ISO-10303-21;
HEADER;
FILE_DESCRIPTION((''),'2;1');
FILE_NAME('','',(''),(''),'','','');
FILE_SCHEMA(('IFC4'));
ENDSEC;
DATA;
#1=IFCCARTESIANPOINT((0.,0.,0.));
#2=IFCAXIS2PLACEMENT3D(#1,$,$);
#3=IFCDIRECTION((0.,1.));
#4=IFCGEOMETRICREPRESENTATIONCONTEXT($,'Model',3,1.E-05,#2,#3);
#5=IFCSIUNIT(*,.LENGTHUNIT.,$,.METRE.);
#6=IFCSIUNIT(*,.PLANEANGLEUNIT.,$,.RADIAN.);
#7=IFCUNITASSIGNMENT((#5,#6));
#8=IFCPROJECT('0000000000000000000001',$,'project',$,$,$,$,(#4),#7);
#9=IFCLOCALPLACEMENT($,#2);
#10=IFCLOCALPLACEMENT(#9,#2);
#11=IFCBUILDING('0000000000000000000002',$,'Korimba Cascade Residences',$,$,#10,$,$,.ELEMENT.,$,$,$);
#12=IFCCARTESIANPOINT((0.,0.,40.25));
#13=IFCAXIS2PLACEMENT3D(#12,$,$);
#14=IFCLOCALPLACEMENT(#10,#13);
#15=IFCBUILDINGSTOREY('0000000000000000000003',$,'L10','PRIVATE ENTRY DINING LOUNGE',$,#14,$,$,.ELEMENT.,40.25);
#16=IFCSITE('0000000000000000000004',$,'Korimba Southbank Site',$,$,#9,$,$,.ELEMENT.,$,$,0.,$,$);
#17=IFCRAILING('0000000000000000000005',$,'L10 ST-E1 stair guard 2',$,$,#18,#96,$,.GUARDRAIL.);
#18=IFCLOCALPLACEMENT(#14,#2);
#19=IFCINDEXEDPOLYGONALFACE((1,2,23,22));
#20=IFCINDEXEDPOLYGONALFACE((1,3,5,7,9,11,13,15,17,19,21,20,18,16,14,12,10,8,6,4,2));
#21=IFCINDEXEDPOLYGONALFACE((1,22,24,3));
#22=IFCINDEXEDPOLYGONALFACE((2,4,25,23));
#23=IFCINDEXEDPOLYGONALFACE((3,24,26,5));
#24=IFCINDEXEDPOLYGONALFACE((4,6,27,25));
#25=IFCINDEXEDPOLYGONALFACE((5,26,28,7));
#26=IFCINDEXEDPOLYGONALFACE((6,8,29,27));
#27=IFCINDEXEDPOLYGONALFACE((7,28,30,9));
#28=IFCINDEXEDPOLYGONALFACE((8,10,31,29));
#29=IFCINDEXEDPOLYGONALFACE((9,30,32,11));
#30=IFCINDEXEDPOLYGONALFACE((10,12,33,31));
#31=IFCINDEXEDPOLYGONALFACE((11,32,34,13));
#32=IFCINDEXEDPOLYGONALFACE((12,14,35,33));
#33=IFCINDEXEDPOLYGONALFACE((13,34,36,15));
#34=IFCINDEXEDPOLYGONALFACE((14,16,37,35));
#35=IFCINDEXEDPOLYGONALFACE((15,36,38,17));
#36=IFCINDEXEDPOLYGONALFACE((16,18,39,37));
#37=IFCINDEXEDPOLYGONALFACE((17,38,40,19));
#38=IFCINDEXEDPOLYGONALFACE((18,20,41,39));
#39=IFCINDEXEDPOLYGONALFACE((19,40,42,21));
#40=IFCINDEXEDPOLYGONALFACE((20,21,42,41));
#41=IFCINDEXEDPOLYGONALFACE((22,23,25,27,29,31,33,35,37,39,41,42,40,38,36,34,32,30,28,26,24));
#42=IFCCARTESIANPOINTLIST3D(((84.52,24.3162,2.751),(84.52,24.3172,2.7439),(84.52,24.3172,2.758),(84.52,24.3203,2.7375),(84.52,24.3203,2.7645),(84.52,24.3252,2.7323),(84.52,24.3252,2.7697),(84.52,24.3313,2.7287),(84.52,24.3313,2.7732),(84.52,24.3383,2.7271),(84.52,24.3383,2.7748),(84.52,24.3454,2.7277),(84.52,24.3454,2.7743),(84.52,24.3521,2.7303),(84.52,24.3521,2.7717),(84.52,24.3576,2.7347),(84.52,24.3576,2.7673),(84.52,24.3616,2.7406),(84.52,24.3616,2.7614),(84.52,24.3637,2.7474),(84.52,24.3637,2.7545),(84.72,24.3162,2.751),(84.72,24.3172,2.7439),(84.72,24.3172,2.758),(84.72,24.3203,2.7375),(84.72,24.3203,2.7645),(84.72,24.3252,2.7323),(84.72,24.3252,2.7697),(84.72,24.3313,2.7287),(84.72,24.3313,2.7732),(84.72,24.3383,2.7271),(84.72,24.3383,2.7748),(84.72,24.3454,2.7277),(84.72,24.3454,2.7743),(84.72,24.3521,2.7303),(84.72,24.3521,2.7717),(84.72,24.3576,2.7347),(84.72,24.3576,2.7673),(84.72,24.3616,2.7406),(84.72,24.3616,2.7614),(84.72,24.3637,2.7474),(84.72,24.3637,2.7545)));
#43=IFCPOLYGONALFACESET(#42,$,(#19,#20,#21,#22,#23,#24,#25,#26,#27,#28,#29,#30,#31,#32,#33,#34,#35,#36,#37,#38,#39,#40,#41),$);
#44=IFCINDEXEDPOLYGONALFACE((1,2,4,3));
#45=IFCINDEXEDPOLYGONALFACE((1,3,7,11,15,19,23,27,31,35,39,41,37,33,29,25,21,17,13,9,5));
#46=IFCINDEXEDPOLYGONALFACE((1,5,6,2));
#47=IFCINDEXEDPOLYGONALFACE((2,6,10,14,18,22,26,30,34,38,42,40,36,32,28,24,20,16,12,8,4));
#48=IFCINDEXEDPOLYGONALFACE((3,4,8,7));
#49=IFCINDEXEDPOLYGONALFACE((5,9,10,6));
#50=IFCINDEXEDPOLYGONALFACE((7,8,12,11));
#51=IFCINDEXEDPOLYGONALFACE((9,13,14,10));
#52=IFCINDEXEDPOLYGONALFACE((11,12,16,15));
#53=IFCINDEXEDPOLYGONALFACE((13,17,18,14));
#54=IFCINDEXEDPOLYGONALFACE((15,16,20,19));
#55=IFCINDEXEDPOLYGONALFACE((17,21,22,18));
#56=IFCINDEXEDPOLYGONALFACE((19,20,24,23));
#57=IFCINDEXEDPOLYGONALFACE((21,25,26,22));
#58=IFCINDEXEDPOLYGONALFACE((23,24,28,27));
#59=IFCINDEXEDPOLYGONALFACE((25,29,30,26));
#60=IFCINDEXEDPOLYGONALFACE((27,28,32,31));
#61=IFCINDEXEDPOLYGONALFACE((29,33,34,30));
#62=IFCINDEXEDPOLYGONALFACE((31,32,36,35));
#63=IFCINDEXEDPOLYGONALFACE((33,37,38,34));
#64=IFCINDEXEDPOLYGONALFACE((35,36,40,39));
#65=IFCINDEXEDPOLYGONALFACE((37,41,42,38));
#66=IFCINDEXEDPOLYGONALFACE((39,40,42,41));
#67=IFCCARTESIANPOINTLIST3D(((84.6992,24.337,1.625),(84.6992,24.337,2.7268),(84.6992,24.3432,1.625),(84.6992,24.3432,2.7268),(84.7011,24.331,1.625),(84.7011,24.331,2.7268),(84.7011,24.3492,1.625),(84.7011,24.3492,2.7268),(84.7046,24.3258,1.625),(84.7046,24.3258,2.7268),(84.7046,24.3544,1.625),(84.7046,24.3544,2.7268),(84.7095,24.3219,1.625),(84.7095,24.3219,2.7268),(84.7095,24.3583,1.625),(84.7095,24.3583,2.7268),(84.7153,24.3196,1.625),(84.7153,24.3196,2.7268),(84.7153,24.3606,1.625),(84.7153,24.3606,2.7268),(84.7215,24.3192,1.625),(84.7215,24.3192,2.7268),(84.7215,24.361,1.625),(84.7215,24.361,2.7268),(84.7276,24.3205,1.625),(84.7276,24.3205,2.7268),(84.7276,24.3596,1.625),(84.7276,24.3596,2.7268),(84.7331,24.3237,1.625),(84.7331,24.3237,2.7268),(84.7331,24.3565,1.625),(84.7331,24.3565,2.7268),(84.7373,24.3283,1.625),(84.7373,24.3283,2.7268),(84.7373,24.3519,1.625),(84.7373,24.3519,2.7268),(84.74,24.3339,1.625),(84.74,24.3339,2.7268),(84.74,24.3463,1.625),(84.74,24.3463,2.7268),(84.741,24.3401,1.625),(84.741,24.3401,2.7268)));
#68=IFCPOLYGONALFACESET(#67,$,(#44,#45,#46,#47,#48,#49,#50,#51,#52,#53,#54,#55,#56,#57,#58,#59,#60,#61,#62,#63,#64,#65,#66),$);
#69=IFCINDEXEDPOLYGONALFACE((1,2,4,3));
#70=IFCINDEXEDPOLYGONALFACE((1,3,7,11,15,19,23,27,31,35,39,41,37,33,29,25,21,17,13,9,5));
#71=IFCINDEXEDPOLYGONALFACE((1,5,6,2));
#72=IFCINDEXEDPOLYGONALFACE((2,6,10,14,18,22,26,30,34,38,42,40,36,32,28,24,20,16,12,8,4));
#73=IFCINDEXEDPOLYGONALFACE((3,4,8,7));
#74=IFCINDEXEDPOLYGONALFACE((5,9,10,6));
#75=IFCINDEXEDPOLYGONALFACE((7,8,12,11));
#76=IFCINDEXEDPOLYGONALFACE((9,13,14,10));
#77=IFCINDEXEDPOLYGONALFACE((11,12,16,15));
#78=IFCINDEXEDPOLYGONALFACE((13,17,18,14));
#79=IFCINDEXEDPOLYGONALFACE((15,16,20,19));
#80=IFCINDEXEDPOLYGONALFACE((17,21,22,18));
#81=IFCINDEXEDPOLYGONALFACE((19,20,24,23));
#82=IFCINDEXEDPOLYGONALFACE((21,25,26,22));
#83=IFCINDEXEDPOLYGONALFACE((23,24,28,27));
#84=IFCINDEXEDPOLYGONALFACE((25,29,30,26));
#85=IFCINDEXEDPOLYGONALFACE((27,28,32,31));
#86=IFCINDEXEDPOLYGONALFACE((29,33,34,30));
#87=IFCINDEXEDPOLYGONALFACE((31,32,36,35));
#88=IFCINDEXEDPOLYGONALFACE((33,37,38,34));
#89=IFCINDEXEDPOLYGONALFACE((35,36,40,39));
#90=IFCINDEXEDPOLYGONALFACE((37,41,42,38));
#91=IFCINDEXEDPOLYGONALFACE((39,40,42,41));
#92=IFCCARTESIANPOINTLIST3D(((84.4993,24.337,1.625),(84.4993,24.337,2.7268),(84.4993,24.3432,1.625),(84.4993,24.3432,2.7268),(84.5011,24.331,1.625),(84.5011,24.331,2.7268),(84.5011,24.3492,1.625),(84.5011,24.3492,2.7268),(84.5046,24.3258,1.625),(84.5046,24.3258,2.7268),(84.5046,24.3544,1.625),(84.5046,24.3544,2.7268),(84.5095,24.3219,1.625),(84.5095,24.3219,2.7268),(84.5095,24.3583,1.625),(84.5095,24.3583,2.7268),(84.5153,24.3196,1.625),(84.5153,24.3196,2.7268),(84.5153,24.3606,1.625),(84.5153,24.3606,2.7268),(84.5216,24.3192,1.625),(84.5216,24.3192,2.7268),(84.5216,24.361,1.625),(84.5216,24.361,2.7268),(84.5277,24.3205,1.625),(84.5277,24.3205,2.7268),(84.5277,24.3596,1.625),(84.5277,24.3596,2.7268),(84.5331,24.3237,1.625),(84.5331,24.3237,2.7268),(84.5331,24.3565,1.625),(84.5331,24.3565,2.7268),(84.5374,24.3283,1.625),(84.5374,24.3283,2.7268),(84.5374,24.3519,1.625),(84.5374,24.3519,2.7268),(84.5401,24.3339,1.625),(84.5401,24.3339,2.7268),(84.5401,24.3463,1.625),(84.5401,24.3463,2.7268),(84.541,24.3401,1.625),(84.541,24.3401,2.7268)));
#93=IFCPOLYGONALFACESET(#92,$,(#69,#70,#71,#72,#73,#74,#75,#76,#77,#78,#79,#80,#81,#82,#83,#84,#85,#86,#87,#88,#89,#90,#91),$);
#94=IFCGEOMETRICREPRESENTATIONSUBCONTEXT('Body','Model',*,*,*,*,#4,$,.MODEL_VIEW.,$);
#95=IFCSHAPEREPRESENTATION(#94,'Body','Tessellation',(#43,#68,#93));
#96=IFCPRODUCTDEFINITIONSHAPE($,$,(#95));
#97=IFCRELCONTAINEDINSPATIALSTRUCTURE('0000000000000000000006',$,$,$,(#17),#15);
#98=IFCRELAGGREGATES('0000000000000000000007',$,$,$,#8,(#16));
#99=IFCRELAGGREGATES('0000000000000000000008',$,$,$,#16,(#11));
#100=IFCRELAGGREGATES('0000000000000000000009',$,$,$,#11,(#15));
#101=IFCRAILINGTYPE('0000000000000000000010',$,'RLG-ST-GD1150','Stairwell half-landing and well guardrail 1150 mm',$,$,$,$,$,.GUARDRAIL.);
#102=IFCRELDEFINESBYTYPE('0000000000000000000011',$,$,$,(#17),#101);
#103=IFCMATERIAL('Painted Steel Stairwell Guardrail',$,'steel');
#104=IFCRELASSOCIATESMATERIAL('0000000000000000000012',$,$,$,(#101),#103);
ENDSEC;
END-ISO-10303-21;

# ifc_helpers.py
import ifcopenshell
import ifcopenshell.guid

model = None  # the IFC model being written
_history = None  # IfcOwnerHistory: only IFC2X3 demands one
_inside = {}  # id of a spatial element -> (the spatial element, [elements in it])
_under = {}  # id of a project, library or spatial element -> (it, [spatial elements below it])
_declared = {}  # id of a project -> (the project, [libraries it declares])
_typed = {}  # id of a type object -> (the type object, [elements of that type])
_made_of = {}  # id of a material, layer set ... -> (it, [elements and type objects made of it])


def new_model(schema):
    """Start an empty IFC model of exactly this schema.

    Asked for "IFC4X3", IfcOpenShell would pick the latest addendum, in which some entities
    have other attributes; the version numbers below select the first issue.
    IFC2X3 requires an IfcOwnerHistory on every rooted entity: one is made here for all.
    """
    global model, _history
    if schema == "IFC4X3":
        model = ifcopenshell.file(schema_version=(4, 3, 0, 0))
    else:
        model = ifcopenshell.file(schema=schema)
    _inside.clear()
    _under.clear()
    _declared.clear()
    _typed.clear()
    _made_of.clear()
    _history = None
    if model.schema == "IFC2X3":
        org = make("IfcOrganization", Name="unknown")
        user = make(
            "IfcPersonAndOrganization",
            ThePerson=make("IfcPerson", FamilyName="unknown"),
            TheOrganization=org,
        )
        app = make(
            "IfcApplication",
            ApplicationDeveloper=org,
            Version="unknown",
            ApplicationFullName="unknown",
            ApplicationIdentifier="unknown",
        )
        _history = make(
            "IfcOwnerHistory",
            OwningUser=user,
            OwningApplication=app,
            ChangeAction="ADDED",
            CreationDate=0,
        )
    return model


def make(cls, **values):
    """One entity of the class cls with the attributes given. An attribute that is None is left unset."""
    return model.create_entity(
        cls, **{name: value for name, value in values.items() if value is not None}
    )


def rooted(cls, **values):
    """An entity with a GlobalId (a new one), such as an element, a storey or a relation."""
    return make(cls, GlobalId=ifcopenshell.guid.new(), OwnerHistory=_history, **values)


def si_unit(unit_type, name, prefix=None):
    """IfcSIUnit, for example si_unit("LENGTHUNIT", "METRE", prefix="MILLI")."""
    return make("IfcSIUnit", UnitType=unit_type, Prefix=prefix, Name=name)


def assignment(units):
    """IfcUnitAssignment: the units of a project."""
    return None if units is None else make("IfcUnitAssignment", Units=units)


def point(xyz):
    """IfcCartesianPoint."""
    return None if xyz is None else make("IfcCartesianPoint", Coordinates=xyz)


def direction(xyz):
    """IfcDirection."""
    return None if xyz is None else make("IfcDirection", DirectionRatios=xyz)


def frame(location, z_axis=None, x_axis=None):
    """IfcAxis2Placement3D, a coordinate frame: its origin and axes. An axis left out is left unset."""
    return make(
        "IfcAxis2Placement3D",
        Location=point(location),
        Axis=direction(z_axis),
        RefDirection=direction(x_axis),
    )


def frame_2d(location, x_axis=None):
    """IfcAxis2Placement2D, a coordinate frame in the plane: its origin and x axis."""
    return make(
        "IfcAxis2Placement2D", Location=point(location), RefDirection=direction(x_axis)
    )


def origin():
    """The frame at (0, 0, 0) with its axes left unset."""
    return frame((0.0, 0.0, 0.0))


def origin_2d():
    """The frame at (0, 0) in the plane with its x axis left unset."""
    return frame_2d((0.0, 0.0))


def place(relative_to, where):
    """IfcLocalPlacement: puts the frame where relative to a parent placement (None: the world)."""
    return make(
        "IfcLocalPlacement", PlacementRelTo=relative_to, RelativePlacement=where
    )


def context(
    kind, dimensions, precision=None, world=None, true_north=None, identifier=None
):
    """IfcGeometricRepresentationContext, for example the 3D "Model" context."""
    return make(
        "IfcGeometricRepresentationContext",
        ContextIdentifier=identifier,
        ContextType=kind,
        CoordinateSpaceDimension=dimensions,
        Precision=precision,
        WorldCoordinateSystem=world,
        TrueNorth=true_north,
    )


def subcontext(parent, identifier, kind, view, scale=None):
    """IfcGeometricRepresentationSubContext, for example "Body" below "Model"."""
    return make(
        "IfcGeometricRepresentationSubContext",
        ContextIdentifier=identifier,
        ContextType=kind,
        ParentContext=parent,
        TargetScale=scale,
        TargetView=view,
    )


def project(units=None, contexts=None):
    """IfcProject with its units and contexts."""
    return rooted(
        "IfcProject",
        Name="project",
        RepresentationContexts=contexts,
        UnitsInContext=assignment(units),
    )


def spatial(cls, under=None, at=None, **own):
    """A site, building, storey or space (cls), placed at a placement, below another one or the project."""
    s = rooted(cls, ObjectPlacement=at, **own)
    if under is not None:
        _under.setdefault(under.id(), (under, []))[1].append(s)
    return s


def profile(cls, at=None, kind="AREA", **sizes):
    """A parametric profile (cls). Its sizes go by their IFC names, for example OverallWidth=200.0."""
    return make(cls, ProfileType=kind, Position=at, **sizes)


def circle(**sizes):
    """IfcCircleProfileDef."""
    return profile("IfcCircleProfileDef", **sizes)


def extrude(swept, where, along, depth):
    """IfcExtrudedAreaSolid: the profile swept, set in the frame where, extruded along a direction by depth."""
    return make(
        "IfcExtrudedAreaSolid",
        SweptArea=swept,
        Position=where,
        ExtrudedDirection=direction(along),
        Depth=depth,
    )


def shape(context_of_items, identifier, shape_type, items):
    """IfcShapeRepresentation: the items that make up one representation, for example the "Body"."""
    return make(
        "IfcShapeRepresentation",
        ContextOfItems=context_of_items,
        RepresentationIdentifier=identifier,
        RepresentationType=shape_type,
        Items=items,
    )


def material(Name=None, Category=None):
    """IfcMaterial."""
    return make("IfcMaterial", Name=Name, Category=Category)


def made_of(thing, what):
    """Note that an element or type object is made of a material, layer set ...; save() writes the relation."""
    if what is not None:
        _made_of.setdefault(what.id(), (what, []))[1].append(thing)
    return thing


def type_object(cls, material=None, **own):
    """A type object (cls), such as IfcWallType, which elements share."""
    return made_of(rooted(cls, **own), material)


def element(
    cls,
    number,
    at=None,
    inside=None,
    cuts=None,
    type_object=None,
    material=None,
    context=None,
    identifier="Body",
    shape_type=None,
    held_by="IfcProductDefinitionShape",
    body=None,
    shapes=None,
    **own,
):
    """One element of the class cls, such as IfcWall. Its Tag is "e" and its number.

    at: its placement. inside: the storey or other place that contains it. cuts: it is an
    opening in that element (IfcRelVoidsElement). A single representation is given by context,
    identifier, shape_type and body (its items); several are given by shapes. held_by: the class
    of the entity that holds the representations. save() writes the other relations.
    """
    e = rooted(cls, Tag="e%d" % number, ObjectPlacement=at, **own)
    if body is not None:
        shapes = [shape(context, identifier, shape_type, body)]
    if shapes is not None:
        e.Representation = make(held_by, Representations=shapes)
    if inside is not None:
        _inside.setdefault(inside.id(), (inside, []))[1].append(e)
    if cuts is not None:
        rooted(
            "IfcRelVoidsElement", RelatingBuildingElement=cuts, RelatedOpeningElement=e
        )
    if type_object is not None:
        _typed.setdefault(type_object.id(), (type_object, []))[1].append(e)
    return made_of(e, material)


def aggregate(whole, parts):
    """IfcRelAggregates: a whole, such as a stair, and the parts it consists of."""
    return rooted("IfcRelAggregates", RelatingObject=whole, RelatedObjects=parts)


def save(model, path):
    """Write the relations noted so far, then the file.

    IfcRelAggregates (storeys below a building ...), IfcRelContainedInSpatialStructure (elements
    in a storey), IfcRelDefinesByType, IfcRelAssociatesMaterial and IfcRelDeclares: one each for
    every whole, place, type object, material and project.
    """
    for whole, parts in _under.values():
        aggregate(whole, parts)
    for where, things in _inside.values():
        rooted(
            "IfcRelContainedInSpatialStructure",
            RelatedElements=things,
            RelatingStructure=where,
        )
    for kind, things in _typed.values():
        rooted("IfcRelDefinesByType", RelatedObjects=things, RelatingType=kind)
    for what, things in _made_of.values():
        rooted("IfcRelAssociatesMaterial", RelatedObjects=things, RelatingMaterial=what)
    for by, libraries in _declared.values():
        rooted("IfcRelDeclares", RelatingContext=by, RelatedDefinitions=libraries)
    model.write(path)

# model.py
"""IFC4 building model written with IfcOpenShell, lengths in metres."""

from ifc_helpers import new_model, si_unit, direction, frame, origin, origin_2d, place, context, subcontext, project, spatial, circle, extrude, material, type_object, element, save


model = new_model("IFC4")

# Units and contexts
model_context = context("Model", 3, precision=1e-05, world=origin(), true_north=direction((0.0, 1.0)))
body_context = subcontext(model_context, "Body", "Model", "MODEL_VIEW")
ifc_project = project(units=[si_unit("LENGTHUNIT", "METRE"), si_unit("PLANEANGLEUNIT", "RADIAN")], contexts=[model_context])

# Site, building, storey
site_placement = place(None, origin())
site = spatial("IfcSite", under=ifc_project, at=site_placement, Name="Korimba Southbank Site", CompositionType="ELEMENT", RefElevation=0.0)
building_placement = place(site_placement, origin())
building = spatial("IfcBuilding", under=site, at=building_placement, Name="Korimba Cascade Residences", CompositionType="ELEMENT")
storey_placement = place(building_placement, frame((0.0, 0.0, 40.25)))
storey = spatial("IfcBuildingStorey", under=building, at=storey_placement, Name="L10", Description="PRIVATE ENTRY DINING LOUNGE", CompositionType="ELEMENT", Elevation=40.25)

# Railing
ifc_material_1 = material(Name="Painted Steel Stairwell Guardrail", Category="steel")
railing_type_1 = type_object("IfcRailingType", Name="RLG-ST-GD1150", Description="Stairwell half-landing and well guardrail 1150 mm", PredefinedType="GUARDRAIL", material=ifc_material_1)
railing_1_placement = place(storey_placement, frame((84.72, 24.3401, 1.625)))
element("IfcRailing", 1, at=railing_1_placement, inside=storey, type_object=railing_type_1, Name="L10 ST-E1 stair guard 2", PredefinedType="GUARDRAIL", context=body_context, shape_type="SweptSolid", body=[
    extrude(circle(Radius=0.0239, at=origin_2d()), frame((0.0, 0.0, 1.126), z_axis=(-1.0, 0.0, 0.0), x_axis=(0.0, -1.0, 0.0)), (0.0, 0.0, 1.0), 0.2),
    extrude(circle(Radius=0.021, at=origin_2d()), origin(), (0.0, 0.0, 1.0), 1.1018),
    extrude(circle(Radius=0.021, at=origin_2d()), frame((-0.2, 0.0, 0.0)), (0.0, 0.0, 1.0), 1.1018),
])

save(model, "model.ifc")
